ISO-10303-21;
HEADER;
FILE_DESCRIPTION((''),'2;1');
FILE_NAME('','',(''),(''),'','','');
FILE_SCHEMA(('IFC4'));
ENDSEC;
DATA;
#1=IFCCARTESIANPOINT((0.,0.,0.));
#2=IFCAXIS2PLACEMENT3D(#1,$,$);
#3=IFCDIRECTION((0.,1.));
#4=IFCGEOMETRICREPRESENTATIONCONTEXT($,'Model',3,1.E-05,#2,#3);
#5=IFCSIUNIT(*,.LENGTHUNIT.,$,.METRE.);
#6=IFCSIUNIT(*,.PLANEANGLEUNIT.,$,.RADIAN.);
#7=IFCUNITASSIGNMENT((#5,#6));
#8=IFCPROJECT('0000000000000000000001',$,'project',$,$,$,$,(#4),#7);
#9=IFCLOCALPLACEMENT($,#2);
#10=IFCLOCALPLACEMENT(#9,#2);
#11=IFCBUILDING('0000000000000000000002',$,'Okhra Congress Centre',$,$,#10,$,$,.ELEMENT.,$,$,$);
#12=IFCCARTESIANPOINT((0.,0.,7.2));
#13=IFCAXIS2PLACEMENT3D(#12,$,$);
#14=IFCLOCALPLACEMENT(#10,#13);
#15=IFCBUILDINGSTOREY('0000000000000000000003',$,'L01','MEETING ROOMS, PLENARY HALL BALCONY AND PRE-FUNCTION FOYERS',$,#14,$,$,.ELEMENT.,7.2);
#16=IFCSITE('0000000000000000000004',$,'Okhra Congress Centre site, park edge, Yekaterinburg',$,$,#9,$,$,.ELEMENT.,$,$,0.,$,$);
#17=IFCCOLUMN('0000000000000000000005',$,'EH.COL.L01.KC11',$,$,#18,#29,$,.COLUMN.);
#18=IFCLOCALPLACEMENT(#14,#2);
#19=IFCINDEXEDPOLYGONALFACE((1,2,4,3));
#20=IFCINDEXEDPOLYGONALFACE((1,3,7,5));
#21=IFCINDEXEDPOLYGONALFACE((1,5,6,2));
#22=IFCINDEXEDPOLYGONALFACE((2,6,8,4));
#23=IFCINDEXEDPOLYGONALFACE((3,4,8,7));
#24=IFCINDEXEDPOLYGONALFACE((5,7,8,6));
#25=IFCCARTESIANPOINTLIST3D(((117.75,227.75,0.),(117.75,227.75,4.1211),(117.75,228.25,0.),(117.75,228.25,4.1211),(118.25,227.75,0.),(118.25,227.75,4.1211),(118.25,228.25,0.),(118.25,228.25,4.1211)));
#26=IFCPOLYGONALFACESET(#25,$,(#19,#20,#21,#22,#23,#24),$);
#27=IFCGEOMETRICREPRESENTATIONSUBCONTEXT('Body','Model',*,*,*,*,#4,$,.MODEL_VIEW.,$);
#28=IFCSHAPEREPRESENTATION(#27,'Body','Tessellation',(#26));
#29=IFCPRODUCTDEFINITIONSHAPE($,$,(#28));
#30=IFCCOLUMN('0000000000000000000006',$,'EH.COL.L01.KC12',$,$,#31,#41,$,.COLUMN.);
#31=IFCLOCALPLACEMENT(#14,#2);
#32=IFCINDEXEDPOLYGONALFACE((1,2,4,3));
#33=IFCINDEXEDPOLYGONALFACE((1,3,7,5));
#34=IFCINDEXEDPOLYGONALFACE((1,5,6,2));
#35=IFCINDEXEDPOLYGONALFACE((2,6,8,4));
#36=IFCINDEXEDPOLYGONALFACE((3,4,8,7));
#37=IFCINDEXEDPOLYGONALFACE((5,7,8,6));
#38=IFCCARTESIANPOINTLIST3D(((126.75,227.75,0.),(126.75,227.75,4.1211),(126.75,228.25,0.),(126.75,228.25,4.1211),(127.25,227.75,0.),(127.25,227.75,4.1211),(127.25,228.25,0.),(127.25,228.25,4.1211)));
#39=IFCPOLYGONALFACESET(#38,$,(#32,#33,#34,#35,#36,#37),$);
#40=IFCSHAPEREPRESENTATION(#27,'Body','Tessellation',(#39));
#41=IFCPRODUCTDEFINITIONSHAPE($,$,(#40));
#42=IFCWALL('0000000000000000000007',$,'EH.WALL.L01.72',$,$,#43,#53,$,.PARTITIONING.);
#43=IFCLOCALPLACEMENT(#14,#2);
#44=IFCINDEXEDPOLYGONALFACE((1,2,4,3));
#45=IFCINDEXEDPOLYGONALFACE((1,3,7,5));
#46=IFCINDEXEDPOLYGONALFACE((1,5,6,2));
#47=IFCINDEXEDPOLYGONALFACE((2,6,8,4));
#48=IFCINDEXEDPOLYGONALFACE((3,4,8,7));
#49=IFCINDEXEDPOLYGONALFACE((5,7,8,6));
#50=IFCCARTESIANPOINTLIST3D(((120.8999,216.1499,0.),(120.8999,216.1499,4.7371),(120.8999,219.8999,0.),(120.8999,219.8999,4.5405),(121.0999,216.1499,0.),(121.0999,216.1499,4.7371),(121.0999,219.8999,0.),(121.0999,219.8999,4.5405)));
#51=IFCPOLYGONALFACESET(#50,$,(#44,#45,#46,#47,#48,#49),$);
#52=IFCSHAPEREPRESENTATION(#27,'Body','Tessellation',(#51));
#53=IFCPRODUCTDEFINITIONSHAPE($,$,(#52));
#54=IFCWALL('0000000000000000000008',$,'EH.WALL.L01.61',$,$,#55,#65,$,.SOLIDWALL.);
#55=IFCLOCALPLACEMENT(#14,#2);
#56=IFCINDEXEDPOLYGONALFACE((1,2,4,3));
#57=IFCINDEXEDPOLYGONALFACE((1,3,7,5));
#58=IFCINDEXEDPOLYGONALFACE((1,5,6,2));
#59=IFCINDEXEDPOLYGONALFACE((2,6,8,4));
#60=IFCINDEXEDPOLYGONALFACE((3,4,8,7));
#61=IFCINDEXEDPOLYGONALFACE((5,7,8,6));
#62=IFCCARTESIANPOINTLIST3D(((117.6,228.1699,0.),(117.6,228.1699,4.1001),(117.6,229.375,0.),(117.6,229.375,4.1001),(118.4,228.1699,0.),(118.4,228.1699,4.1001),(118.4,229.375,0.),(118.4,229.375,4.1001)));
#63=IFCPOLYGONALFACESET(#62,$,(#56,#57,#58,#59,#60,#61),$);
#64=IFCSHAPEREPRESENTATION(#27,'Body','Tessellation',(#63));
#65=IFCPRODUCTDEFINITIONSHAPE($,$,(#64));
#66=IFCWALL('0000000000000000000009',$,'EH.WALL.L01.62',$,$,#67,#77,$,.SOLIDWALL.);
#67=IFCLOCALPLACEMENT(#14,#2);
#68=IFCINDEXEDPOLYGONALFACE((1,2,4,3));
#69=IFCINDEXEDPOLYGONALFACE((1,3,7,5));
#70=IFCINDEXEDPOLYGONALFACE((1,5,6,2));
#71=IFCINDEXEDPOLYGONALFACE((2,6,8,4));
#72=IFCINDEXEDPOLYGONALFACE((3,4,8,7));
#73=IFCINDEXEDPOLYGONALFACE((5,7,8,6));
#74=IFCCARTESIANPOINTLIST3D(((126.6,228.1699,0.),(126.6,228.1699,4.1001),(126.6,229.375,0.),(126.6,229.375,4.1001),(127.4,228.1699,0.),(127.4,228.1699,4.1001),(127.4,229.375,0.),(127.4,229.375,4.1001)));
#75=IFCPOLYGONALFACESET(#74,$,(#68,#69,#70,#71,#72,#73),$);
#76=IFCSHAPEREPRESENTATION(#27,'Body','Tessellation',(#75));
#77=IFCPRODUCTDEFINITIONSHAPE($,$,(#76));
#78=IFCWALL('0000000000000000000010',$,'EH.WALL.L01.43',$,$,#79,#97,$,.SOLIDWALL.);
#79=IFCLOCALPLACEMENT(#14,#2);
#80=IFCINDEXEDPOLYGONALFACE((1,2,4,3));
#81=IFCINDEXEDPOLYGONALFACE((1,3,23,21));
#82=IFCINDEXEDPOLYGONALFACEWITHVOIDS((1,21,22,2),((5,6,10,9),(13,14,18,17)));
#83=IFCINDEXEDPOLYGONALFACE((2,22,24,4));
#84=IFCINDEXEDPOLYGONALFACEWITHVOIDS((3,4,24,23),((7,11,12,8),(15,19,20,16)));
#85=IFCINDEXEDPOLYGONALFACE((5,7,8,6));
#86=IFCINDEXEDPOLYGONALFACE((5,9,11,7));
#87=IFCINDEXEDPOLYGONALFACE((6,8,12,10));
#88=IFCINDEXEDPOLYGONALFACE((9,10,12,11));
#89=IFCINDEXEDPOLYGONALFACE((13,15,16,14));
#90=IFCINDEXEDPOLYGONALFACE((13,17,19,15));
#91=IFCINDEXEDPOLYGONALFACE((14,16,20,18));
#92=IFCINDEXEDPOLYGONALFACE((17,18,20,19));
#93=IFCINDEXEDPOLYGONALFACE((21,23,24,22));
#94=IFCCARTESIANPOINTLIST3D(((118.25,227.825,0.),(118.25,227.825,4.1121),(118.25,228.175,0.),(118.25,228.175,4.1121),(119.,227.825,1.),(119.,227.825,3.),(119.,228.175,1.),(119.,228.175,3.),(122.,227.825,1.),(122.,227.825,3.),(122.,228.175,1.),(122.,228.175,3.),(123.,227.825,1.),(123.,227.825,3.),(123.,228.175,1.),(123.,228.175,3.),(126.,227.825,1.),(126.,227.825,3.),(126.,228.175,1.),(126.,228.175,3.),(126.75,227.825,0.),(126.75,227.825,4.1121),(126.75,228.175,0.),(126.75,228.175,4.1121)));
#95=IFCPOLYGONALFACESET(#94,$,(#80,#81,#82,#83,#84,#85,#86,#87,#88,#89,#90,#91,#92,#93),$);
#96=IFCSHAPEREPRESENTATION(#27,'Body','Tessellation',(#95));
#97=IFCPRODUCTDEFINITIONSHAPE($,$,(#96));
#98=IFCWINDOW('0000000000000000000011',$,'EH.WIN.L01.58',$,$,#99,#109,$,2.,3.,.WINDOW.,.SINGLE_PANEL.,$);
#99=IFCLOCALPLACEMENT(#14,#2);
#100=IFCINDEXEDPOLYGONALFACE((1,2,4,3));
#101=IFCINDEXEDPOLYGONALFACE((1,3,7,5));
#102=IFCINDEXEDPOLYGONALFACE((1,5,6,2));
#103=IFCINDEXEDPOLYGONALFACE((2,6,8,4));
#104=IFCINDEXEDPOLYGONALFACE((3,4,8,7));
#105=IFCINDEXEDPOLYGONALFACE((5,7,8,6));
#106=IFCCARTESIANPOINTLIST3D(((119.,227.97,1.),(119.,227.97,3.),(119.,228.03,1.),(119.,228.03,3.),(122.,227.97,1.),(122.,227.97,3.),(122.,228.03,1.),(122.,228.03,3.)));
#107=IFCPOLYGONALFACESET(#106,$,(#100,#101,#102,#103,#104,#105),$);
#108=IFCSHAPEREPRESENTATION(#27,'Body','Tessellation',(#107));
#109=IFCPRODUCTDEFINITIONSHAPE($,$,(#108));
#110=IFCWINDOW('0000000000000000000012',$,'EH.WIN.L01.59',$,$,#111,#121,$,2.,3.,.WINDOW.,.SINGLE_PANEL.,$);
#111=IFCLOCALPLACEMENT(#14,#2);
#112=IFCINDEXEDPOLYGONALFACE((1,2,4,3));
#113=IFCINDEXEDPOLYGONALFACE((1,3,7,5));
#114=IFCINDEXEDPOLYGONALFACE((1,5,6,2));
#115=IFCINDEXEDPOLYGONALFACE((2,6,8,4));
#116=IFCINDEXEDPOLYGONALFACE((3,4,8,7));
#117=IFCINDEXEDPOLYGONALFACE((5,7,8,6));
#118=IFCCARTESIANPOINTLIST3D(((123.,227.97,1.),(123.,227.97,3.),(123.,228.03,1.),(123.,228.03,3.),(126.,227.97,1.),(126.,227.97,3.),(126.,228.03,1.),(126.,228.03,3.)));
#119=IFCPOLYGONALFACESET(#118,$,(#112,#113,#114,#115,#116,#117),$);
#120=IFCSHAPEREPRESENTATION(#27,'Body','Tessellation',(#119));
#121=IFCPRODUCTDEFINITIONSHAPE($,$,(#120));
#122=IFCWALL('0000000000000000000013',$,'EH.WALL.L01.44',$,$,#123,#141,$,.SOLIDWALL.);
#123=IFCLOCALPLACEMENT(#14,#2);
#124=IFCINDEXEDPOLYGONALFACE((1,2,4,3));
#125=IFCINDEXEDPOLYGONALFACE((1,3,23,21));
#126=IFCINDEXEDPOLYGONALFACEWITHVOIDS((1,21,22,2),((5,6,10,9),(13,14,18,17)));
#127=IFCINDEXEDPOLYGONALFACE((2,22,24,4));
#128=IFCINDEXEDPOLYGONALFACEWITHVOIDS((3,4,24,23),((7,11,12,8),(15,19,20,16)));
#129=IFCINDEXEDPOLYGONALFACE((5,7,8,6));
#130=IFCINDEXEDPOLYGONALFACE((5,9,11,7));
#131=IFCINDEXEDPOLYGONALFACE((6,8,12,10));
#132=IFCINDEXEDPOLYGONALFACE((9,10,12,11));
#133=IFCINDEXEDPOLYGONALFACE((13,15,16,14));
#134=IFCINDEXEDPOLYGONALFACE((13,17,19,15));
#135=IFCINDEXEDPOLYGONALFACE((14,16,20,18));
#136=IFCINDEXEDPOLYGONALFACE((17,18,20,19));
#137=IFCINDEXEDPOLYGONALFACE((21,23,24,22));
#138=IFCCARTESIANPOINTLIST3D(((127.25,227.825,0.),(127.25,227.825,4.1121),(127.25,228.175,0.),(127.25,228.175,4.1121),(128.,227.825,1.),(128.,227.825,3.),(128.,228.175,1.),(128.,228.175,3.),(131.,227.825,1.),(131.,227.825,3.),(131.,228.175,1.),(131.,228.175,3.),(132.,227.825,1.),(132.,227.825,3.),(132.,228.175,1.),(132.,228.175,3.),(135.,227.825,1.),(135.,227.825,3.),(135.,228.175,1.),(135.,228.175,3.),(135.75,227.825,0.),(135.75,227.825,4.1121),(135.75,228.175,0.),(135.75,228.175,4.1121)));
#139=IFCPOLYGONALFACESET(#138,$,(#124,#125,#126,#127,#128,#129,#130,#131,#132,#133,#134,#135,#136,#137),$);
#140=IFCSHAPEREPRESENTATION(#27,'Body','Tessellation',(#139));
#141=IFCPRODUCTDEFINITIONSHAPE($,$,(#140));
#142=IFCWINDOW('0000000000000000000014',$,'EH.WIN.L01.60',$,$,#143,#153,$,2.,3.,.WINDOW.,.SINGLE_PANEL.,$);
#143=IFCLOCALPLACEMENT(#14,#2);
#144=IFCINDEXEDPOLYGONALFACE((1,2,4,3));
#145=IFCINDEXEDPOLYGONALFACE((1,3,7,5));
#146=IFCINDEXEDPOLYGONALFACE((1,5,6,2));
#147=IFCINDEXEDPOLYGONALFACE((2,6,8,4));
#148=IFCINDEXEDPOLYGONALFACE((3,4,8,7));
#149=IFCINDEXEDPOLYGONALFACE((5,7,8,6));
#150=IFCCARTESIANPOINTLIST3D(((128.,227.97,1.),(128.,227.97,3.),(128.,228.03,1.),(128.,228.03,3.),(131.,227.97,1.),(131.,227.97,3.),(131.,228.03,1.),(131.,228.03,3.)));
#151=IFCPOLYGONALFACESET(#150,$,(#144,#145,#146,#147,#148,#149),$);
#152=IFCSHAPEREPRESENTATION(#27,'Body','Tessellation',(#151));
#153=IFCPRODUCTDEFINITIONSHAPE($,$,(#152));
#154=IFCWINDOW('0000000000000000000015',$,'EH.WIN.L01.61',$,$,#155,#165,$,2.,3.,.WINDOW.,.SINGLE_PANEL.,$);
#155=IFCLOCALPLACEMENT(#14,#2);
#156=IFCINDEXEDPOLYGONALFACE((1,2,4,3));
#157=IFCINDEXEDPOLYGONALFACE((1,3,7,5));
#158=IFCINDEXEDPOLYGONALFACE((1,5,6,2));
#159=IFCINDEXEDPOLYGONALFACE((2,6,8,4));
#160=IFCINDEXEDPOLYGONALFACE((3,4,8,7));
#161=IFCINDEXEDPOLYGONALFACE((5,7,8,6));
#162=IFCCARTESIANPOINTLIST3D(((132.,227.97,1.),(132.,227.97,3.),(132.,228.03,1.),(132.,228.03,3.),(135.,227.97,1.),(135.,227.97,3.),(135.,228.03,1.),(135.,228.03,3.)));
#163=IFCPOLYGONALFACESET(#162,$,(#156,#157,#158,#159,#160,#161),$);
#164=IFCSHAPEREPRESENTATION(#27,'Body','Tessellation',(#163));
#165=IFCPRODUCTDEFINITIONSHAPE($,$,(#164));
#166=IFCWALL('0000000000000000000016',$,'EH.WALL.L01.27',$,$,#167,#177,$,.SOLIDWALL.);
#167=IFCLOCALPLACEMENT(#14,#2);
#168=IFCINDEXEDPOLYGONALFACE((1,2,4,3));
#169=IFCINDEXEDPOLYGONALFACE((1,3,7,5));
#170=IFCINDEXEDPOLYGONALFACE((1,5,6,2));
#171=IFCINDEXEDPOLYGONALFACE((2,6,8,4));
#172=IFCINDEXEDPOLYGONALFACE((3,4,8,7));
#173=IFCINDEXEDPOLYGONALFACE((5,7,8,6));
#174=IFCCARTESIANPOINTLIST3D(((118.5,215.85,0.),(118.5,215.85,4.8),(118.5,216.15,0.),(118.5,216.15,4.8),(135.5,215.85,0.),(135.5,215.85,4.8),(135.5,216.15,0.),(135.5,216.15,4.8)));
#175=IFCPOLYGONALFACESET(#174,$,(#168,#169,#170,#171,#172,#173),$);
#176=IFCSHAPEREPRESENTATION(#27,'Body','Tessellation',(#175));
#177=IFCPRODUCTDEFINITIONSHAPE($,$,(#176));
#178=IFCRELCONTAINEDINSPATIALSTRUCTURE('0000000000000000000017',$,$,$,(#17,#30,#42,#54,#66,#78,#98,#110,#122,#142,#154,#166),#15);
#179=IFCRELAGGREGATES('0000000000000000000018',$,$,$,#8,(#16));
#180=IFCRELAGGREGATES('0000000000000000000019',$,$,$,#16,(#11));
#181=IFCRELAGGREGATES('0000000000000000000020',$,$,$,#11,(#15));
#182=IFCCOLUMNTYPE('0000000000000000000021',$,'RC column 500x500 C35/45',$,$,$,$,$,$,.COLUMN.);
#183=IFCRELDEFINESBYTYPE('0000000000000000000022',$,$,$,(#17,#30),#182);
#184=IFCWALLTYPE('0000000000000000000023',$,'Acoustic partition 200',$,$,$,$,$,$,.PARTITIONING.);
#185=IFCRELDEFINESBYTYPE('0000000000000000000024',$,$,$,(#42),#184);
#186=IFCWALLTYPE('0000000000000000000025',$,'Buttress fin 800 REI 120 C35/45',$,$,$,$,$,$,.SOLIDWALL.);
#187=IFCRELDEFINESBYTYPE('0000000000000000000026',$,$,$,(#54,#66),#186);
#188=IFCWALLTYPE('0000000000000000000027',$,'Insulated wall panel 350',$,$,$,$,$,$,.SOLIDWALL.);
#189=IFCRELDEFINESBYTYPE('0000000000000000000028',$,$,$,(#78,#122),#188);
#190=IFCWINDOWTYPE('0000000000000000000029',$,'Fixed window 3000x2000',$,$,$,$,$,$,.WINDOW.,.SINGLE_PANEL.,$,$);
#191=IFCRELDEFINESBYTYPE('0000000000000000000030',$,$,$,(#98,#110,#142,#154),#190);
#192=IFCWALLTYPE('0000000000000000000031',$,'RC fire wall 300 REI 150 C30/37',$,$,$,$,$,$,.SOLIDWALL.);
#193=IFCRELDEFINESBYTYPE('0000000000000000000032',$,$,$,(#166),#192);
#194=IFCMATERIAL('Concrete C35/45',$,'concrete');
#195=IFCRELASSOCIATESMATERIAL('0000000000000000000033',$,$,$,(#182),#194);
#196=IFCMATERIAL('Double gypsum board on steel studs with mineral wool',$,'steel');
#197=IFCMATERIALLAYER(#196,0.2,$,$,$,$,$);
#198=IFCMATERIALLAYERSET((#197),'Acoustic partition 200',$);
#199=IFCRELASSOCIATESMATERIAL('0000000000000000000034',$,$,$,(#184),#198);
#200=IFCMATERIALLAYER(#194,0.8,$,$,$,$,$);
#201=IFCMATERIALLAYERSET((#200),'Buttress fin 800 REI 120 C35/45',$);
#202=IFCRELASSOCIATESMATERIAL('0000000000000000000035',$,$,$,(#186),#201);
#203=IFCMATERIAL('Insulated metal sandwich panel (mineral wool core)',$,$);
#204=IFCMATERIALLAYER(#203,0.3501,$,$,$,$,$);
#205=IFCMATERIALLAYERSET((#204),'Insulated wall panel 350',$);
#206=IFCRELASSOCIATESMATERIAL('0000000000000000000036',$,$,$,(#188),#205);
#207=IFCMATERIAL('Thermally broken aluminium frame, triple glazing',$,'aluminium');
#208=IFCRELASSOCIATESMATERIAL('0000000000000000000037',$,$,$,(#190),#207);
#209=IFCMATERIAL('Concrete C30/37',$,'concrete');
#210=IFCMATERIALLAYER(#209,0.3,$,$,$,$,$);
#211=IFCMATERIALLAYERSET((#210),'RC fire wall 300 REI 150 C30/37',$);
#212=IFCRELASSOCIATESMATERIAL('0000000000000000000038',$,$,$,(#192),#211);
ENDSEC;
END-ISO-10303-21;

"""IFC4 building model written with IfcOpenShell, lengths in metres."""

from ifc_helpers import new_model, si_unit, direction, frame, frame_2d, origin, origin_2d, place, context, subcontext, project, spatial, polyline, rectangle, outline, extrude, material, layer, layer_set, material_profile, profile_set, type_object, element, fill, save


model = new_model("IFC4")

# Units and contexts
model_context = context("Model", 3, precision=1e-05, world=origin(), true_north=direction((0.0, 1.0)))
body_context = subcontext(model_context, "Body", "Model", "MODEL_VIEW")
ifc_project = project(units=[si_unit("LENGTHUNIT", "METRE"), si_unit("PLANEANGLEUNIT", "RADIAN")], contexts=[model_context])

# Site, building, storey
site_placement = place(None, origin())
site = spatial("IfcSite", under=ifc_project, at=site_placement, Name="Okhra Congress Centre site, park edge, Yekaterinburg", CompositionType="ELEMENT", RefElevation=0.0)
building_placement = place(site_placement, origin())
building = spatial("IfcBuilding", under=site, at=building_placement, Name="Okhra Congress Centre", CompositionType="ELEMENT")
storey_placement = place(building_placement, frame((0.0, 0.0, 7.2)))
storey = spatial("IfcBuildingStorey", under=building, at=storey_placement, Name="L01", Description="MEETING ROOMS, PLENARY HALL BALCONY AND PRE-FUNCTION FOYERS", CompositionType="ELEMENT", Elevation=7.2)

# Columns
ifc_material_1 = material(Name="Concrete C35/45", Category="concrete")
ifc_material_profile = material_profile(ifc_material_1, rectangle(XDim=0.5, YDim=0.5, at=origin_2d()), Name="RC 500x500")
ifc_profile_set = profile_set([ifc_material_profile], Name="Concrete C35/45")
column_type = type_object("IfcColumnType", Name="RC column 500x500 C35/45", PredefinedType="COLUMN", material=ifc_profile_set)
for number, where, z_axis, x_axis, name in (
    (1, (118.0, 228.0, 0.0), (0.0, 0.0, 1.0), (1.0, 0.0, 0.0), "EH.COL.L01.KC11"),
    (2, (127.0, 228.0, 0.0), (0.0, 0.0, 1.0), (1.0, 0.0, 0.0), "EH.COL.L01.KC12"),
):
    element("IfcColumn", number, at=place(storey_placement, frame(where, z_axis=z_axis, x_axis=x_axis)), inside=storey, type_object=column_type, Name=name, PredefinedType="COLUMN", context=body_context, shape_type="SweptSolid", body=[
        extrude(rectangle(XDim=0.5, YDim=0.5, at=origin_2d()), origin(), (0.0, 0.0, 1.0), 4.1211),
    ])

# Walls
ifc_material_2 = material(Name="Double gypsum board on steel studs with mineral wool", Category="steel")
ifc_layer_1 = layer(ifc_material_2, 0.2)
ifc_layer_set_1 = layer_set([ifc_layer_1], Name="Acoustic partition 200")
wall_type_1 = type_object("IfcWallType", Name="Acoustic partition 200", PredefinedType="PARTITIONING", material=ifc_layer_set_1)
wall_1_placement = place(storey_placement, frame((121.0, 216.1499, 0.0), z_axis=(0.0, 0.0, 1.0), x_axis=(0.0, 1.0, 0.0)))
element("IfcWall", 3, at=wall_1_placement, inside=storey, type_object=wall_type_1, Name="EH.WALL.L01.72", PredefinedType="PARTITIONING", context=body_context, shape_type="SweptSolid", body=[
    extrude(outline(polyline([(0.0, 0.0), (3.75, 0.0), (3.75, 4.5405), (0.0, 4.7371), (0.0, 0.0)])), frame((0.0, 0.1001, 0.0), z_axis=(0.0, -1.0, 0.0), x_axis=(1.0, 0.0, 0.0)), (0.0, 0.0, 1.0), 0.2),
])
ifc_layer_2 = layer(ifc_material_1, 0.8)
ifc_layer_set_2 = layer_set([ifc_layer_2], Name="Buttress fin 800 REI 120 C35/45")
wall_type_2 = type_object("IfcWallType", Name="Buttress fin 800 REI 120 C35/45", PredefinedType="SOLIDWALL", material=ifc_layer_set_2)
for number, where, z_axis, x_axis, name in (
    (4, (118.0, 228.1699, 0.0), (0.0, 0.0, 1.0), (0.0, 1.0, 0.0), "EH.WALL.L01.61"),
    (5, (127.0, 228.1699, 0.0), (0.0, 0.0, 1.0), (0.0, 1.0, 0.0), "EH.WALL.L01.62"),
):
    element("IfcWall", number, at=place(storey_placement, frame(where, z_axis=z_axis, x_axis=x_axis)), inside=storey, type_object=wall_type_2, Name=name, PredefinedType="SOLIDWALL", context=body_context, shape_type="SweptSolid", body=[
        extrude(rectangle(XDim=1.2051, YDim=0.8, at=frame_2d((0.6025, 0.0))), origin(), (0.0, 0.0, 1.0), 4.1001),
    ])

# Walls, openings, windows
ifc_material_3 = material(Name="Insulated metal sandwich panel (mineral wool core)")
ifc_layer_3 = layer(ifc_material_3, 0.3501)
ifc_layer_set_3 = layer_set([ifc_layer_3], Name="Insulated wall panel 350")
wall_type_3 = type_object("IfcWallType", Name="Insulated wall panel 350", PredefinedType="SOLIDWALL", material=ifc_layer_set_3)
wall_2_placement = place(storey_placement, frame((118.25, 228.0, 0.0), z_axis=(0.0, 0.0, 1.0), x_axis=(1.0, 0.0, 0.0)))
wall_2 = element("IfcWall", 6, at=wall_2_placement, inside=storey, type_object=wall_type_3, Name="EH.WALL.L01.43", PredefinedType="SOLIDWALL", context=body_context, shape_type="SweptSolid", body=[
    extrude(rectangle(XDim=8.5, YDim=0.3501, at=frame_2d((4.25, 0.0))), origin(), (0.0, 0.0, 1.0), 4.1121),
])
opening_1_placement = place(wall_2_placement, frame((0.75, 0.0, 1.0)))
opening_1 = element("IfcOpeningElement", 7, at=opening_1_placement, cuts=wall_2, PredefinedType="OPENING", context=body_context, shape_type="SweptSolid", body=[
    extrude(rectangle(XDim=3.0, YDim=2.0, at=frame_2d((1.5, 1.0))), frame((0.0, 0.1851, 0.0), z_axis=(0.0, -1.0, 0.0), x_axis=(1.0, 0.0, 0.0)), (0.0, 0.0, 1.0), 0.3701),
])
opening_2_placement = place(wall_2_placement, frame((4.75, 0.0, 1.0)))
opening_2 = element("IfcOpeningElement", 8, at=opening_2_placement, cuts=wall_2, PredefinedType="OPENING", context=body_context, shape_type="SweptSolid", body=[
    extrude(rectangle(XDim=3.0, YDim=2.0, at=frame_2d((1.5, 1.0))), frame((0.0, 0.1851, 0.0), z_axis=(0.0, -1.0, 0.0), x_axis=(1.0, 0.0, 0.0)), (0.0, 0.0, 1.0), 0.3701),
])
ifc_material_4 = material(Name="Thermally broken aluminium frame, triple glazing", Category="aluminium")
window_type = type_object("IfcWindowType", Name="Fixed window 3000x2000", PartitioningType="SINGLE_PANEL", PredefinedType="WINDOW", material=ifc_material_4)
window_1_placement = place(opening_1_placement, origin())
window_1 = element("IfcWindow", 9, at=window_1_placement, inside=storey, type_object=window_type, Name="EH.WIN.L01.58", OverallHeight=2.0, OverallWidth=3.0, PartitioningType="SINGLE_PANEL", PredefinedType="WINDOW", context=body_context, shape_type="SweptSolid", body=[
    extrude(rectangle(XDim=3.0, YDim=2.0, at=frame_2d((1.5, 1.0))), frame((0.0, 0.03, 0.0), z_axis=(0.0, -1.0, 0.0), x_axis=(1.0, 0.0, 0.0)), (0.0, 0.0, 1.0), 0.0601),
])
fill(opening_1, window_1)
window_2_placement = place(opening_2_placement, origin())
window_2 = element("IfcWindow", 10, at=window_2_placement, inside=storey, type_object=window_type, Name="EH.WIN.L01.59", OverallHeight=2.0, OverallWidth=3.0, PartitioningType="SINGLE_PANEL", PredefinedType="WINDOW", context=body_context, shape_type="SweptSolid", body=[
    extrude(rectangle(XDim=3.0, YDim=2.0, at=frame_2d((1.5, 1.0))), frame((0.0, 0.03, 0.0), z_axis=(0.0, -1.0, 0.0), x_axis=(1.0, 0.0, 0.0)), (0.0, 0.0, 1.0), 0.0601),
])
fill(opening_2, window_2)
wall_3_placement = place(storey_placement, frame((127.25, 228.0, 0.0), z_axis=(0.0, 0.0, 1.0), x_axis=(1.0, 0.0, 0.0)))
wall_3 = element("IfcWall", 11, at=wall_3_placement, inside=storey, type_object=wall_type_3, Name="EH.WALL.L01.44", PredefinedType="SOLIDWALL", context=body_context, shape_type="SweptSolid", body=[
    extrude(rectangle(XDim=8.5, YDim=0.3501, at=frame_2d((4.25, 0.0))), origin(), (0.0, 0.0, 1.0), 4.1121),
])
opening_3_placement = place(wall_3_placement, frame((0.75, 0.0, 1.0)))
opening_3 = element("IfcOpeningElement", 12, at=opening_3_placement, cuts=wall_3, PredefinedType="OPENING", context=body_context, shape_type="SweptSolid", body=[
    extrude(rectangle(XDim=3.0, YDim=2.0, at=frame_2d((1.5, 1.0))), frame((0.0, 0.1851, 0.0), z_axis=(0.0, -1.0, 0.0), x_axis=(1.0, 0.0, 0.0)), (0.0, 0.0, 1.0), 0.3701),
])
opening_4_placement = place(wall_3_placement, frame((4.75, 0.0, 1.0)))
opening_4 = element("IfcOpeningElement", 13, at=opening_4_placement, cuts=wall_3, PredefinedType="OPENING", context=body_context, shape_type="SweptSolid", body=[
    extrude(rectangle(XDim=3.0, YDim=2.0, at=frame_2d((1.5, 1.0))), frame((0.0, 0.1851, 0.0), z_axis=(0.0, -1.0, 0.0), x_axis=(1.0, 0.0, 0.0)), (0.0, 0.0, 1.0), 0.3701),
])
window_3_placement = place(opening_3_placement, origin())
window_3 = element("IfcWindow", 14, at=window_3_placement, inside=storey, type_object=window_type, Name="EH.WIN.L01.60", OverallHeight=2.0, OverallWidth=3.0, PartitioningType="SINGLE_PANEL", PredefinedType="WINDOW", context=body_context, shape_type="SweptSolid", body=[
    extrude(rectangle(XDim=3.0, YDim=2.0, at=frame_2d((1.5, 1.0))), frame((0.0, 0.03, 0.0), z_axis=(0.0, -1.0, 0.0), x_axis=(1.0, 0.0, 0.0)), (0.0, 0.0, 1.0), 0.0601),
])
fill(opening_3, window_3)
window_4_placement = place(opening_4_placement, origin())
window_4 = element("IfcWindow", 15, at=window_4_placement, inside=storey, type_object=window_type, Name="EH.WIN.L01.61", OverallHeight=2.0, OverallWidth=3.0, PartitioningType="SINGLE_PANEL", PredefinedType="WINDOW", context=body_context, shape_type="SweptSolid", body=[
    extrude(rectangle(XDim=3.0, YDim=2.0, at=frame_2d((1.5, 1.0))), frame((0.0, 0.03, 0.0), z_axis=(0.0, -1.0, 0.0), x_axis=(1.0, 0.0, 0.0)), (0.0, 0.0, 1.0), 0.0601),
])
fill(opening_4, window_4)

# Wall
ifc_material_5 = material(Name="Concrete C30/37", Category="concrete")
ifc_layer_4 = layer(ifc_material_5, 0.3)
ifc_layer_set_4 = layer_set([ifc_layer_4], Name="RC fire wall 300 REI 150 C30/37")
wall_type_4 = type_object("IfcWallType", Name="RC fire wall 300 REI 150 C30/37", PredefinedType="SOLIDWALL", material=ifc_layer_set_4)
wall_4_placement = place(storey_placement, frame((118.5, 216.0, 0.0), z_axis=(0.0, 0.0, 1.0), x_axis=(1.0, 0.0, 0.0)))
element("IfcWall", 16, at=wall_4_placement, inside=storey, type_object=wall_type_4, Name="EH.WALL.L01.27", PredefinedType="SOLIDWALL", context=body_context, shape_type="SweptSolid", body=[
    extrude(rectangle(XDim=17.0, YDim=0.3, at=frame_2d((8.5, 0.0))), origin(), (0.0, 0.0, 1.0), 4.8),
])

save(model, "model.ifc")
